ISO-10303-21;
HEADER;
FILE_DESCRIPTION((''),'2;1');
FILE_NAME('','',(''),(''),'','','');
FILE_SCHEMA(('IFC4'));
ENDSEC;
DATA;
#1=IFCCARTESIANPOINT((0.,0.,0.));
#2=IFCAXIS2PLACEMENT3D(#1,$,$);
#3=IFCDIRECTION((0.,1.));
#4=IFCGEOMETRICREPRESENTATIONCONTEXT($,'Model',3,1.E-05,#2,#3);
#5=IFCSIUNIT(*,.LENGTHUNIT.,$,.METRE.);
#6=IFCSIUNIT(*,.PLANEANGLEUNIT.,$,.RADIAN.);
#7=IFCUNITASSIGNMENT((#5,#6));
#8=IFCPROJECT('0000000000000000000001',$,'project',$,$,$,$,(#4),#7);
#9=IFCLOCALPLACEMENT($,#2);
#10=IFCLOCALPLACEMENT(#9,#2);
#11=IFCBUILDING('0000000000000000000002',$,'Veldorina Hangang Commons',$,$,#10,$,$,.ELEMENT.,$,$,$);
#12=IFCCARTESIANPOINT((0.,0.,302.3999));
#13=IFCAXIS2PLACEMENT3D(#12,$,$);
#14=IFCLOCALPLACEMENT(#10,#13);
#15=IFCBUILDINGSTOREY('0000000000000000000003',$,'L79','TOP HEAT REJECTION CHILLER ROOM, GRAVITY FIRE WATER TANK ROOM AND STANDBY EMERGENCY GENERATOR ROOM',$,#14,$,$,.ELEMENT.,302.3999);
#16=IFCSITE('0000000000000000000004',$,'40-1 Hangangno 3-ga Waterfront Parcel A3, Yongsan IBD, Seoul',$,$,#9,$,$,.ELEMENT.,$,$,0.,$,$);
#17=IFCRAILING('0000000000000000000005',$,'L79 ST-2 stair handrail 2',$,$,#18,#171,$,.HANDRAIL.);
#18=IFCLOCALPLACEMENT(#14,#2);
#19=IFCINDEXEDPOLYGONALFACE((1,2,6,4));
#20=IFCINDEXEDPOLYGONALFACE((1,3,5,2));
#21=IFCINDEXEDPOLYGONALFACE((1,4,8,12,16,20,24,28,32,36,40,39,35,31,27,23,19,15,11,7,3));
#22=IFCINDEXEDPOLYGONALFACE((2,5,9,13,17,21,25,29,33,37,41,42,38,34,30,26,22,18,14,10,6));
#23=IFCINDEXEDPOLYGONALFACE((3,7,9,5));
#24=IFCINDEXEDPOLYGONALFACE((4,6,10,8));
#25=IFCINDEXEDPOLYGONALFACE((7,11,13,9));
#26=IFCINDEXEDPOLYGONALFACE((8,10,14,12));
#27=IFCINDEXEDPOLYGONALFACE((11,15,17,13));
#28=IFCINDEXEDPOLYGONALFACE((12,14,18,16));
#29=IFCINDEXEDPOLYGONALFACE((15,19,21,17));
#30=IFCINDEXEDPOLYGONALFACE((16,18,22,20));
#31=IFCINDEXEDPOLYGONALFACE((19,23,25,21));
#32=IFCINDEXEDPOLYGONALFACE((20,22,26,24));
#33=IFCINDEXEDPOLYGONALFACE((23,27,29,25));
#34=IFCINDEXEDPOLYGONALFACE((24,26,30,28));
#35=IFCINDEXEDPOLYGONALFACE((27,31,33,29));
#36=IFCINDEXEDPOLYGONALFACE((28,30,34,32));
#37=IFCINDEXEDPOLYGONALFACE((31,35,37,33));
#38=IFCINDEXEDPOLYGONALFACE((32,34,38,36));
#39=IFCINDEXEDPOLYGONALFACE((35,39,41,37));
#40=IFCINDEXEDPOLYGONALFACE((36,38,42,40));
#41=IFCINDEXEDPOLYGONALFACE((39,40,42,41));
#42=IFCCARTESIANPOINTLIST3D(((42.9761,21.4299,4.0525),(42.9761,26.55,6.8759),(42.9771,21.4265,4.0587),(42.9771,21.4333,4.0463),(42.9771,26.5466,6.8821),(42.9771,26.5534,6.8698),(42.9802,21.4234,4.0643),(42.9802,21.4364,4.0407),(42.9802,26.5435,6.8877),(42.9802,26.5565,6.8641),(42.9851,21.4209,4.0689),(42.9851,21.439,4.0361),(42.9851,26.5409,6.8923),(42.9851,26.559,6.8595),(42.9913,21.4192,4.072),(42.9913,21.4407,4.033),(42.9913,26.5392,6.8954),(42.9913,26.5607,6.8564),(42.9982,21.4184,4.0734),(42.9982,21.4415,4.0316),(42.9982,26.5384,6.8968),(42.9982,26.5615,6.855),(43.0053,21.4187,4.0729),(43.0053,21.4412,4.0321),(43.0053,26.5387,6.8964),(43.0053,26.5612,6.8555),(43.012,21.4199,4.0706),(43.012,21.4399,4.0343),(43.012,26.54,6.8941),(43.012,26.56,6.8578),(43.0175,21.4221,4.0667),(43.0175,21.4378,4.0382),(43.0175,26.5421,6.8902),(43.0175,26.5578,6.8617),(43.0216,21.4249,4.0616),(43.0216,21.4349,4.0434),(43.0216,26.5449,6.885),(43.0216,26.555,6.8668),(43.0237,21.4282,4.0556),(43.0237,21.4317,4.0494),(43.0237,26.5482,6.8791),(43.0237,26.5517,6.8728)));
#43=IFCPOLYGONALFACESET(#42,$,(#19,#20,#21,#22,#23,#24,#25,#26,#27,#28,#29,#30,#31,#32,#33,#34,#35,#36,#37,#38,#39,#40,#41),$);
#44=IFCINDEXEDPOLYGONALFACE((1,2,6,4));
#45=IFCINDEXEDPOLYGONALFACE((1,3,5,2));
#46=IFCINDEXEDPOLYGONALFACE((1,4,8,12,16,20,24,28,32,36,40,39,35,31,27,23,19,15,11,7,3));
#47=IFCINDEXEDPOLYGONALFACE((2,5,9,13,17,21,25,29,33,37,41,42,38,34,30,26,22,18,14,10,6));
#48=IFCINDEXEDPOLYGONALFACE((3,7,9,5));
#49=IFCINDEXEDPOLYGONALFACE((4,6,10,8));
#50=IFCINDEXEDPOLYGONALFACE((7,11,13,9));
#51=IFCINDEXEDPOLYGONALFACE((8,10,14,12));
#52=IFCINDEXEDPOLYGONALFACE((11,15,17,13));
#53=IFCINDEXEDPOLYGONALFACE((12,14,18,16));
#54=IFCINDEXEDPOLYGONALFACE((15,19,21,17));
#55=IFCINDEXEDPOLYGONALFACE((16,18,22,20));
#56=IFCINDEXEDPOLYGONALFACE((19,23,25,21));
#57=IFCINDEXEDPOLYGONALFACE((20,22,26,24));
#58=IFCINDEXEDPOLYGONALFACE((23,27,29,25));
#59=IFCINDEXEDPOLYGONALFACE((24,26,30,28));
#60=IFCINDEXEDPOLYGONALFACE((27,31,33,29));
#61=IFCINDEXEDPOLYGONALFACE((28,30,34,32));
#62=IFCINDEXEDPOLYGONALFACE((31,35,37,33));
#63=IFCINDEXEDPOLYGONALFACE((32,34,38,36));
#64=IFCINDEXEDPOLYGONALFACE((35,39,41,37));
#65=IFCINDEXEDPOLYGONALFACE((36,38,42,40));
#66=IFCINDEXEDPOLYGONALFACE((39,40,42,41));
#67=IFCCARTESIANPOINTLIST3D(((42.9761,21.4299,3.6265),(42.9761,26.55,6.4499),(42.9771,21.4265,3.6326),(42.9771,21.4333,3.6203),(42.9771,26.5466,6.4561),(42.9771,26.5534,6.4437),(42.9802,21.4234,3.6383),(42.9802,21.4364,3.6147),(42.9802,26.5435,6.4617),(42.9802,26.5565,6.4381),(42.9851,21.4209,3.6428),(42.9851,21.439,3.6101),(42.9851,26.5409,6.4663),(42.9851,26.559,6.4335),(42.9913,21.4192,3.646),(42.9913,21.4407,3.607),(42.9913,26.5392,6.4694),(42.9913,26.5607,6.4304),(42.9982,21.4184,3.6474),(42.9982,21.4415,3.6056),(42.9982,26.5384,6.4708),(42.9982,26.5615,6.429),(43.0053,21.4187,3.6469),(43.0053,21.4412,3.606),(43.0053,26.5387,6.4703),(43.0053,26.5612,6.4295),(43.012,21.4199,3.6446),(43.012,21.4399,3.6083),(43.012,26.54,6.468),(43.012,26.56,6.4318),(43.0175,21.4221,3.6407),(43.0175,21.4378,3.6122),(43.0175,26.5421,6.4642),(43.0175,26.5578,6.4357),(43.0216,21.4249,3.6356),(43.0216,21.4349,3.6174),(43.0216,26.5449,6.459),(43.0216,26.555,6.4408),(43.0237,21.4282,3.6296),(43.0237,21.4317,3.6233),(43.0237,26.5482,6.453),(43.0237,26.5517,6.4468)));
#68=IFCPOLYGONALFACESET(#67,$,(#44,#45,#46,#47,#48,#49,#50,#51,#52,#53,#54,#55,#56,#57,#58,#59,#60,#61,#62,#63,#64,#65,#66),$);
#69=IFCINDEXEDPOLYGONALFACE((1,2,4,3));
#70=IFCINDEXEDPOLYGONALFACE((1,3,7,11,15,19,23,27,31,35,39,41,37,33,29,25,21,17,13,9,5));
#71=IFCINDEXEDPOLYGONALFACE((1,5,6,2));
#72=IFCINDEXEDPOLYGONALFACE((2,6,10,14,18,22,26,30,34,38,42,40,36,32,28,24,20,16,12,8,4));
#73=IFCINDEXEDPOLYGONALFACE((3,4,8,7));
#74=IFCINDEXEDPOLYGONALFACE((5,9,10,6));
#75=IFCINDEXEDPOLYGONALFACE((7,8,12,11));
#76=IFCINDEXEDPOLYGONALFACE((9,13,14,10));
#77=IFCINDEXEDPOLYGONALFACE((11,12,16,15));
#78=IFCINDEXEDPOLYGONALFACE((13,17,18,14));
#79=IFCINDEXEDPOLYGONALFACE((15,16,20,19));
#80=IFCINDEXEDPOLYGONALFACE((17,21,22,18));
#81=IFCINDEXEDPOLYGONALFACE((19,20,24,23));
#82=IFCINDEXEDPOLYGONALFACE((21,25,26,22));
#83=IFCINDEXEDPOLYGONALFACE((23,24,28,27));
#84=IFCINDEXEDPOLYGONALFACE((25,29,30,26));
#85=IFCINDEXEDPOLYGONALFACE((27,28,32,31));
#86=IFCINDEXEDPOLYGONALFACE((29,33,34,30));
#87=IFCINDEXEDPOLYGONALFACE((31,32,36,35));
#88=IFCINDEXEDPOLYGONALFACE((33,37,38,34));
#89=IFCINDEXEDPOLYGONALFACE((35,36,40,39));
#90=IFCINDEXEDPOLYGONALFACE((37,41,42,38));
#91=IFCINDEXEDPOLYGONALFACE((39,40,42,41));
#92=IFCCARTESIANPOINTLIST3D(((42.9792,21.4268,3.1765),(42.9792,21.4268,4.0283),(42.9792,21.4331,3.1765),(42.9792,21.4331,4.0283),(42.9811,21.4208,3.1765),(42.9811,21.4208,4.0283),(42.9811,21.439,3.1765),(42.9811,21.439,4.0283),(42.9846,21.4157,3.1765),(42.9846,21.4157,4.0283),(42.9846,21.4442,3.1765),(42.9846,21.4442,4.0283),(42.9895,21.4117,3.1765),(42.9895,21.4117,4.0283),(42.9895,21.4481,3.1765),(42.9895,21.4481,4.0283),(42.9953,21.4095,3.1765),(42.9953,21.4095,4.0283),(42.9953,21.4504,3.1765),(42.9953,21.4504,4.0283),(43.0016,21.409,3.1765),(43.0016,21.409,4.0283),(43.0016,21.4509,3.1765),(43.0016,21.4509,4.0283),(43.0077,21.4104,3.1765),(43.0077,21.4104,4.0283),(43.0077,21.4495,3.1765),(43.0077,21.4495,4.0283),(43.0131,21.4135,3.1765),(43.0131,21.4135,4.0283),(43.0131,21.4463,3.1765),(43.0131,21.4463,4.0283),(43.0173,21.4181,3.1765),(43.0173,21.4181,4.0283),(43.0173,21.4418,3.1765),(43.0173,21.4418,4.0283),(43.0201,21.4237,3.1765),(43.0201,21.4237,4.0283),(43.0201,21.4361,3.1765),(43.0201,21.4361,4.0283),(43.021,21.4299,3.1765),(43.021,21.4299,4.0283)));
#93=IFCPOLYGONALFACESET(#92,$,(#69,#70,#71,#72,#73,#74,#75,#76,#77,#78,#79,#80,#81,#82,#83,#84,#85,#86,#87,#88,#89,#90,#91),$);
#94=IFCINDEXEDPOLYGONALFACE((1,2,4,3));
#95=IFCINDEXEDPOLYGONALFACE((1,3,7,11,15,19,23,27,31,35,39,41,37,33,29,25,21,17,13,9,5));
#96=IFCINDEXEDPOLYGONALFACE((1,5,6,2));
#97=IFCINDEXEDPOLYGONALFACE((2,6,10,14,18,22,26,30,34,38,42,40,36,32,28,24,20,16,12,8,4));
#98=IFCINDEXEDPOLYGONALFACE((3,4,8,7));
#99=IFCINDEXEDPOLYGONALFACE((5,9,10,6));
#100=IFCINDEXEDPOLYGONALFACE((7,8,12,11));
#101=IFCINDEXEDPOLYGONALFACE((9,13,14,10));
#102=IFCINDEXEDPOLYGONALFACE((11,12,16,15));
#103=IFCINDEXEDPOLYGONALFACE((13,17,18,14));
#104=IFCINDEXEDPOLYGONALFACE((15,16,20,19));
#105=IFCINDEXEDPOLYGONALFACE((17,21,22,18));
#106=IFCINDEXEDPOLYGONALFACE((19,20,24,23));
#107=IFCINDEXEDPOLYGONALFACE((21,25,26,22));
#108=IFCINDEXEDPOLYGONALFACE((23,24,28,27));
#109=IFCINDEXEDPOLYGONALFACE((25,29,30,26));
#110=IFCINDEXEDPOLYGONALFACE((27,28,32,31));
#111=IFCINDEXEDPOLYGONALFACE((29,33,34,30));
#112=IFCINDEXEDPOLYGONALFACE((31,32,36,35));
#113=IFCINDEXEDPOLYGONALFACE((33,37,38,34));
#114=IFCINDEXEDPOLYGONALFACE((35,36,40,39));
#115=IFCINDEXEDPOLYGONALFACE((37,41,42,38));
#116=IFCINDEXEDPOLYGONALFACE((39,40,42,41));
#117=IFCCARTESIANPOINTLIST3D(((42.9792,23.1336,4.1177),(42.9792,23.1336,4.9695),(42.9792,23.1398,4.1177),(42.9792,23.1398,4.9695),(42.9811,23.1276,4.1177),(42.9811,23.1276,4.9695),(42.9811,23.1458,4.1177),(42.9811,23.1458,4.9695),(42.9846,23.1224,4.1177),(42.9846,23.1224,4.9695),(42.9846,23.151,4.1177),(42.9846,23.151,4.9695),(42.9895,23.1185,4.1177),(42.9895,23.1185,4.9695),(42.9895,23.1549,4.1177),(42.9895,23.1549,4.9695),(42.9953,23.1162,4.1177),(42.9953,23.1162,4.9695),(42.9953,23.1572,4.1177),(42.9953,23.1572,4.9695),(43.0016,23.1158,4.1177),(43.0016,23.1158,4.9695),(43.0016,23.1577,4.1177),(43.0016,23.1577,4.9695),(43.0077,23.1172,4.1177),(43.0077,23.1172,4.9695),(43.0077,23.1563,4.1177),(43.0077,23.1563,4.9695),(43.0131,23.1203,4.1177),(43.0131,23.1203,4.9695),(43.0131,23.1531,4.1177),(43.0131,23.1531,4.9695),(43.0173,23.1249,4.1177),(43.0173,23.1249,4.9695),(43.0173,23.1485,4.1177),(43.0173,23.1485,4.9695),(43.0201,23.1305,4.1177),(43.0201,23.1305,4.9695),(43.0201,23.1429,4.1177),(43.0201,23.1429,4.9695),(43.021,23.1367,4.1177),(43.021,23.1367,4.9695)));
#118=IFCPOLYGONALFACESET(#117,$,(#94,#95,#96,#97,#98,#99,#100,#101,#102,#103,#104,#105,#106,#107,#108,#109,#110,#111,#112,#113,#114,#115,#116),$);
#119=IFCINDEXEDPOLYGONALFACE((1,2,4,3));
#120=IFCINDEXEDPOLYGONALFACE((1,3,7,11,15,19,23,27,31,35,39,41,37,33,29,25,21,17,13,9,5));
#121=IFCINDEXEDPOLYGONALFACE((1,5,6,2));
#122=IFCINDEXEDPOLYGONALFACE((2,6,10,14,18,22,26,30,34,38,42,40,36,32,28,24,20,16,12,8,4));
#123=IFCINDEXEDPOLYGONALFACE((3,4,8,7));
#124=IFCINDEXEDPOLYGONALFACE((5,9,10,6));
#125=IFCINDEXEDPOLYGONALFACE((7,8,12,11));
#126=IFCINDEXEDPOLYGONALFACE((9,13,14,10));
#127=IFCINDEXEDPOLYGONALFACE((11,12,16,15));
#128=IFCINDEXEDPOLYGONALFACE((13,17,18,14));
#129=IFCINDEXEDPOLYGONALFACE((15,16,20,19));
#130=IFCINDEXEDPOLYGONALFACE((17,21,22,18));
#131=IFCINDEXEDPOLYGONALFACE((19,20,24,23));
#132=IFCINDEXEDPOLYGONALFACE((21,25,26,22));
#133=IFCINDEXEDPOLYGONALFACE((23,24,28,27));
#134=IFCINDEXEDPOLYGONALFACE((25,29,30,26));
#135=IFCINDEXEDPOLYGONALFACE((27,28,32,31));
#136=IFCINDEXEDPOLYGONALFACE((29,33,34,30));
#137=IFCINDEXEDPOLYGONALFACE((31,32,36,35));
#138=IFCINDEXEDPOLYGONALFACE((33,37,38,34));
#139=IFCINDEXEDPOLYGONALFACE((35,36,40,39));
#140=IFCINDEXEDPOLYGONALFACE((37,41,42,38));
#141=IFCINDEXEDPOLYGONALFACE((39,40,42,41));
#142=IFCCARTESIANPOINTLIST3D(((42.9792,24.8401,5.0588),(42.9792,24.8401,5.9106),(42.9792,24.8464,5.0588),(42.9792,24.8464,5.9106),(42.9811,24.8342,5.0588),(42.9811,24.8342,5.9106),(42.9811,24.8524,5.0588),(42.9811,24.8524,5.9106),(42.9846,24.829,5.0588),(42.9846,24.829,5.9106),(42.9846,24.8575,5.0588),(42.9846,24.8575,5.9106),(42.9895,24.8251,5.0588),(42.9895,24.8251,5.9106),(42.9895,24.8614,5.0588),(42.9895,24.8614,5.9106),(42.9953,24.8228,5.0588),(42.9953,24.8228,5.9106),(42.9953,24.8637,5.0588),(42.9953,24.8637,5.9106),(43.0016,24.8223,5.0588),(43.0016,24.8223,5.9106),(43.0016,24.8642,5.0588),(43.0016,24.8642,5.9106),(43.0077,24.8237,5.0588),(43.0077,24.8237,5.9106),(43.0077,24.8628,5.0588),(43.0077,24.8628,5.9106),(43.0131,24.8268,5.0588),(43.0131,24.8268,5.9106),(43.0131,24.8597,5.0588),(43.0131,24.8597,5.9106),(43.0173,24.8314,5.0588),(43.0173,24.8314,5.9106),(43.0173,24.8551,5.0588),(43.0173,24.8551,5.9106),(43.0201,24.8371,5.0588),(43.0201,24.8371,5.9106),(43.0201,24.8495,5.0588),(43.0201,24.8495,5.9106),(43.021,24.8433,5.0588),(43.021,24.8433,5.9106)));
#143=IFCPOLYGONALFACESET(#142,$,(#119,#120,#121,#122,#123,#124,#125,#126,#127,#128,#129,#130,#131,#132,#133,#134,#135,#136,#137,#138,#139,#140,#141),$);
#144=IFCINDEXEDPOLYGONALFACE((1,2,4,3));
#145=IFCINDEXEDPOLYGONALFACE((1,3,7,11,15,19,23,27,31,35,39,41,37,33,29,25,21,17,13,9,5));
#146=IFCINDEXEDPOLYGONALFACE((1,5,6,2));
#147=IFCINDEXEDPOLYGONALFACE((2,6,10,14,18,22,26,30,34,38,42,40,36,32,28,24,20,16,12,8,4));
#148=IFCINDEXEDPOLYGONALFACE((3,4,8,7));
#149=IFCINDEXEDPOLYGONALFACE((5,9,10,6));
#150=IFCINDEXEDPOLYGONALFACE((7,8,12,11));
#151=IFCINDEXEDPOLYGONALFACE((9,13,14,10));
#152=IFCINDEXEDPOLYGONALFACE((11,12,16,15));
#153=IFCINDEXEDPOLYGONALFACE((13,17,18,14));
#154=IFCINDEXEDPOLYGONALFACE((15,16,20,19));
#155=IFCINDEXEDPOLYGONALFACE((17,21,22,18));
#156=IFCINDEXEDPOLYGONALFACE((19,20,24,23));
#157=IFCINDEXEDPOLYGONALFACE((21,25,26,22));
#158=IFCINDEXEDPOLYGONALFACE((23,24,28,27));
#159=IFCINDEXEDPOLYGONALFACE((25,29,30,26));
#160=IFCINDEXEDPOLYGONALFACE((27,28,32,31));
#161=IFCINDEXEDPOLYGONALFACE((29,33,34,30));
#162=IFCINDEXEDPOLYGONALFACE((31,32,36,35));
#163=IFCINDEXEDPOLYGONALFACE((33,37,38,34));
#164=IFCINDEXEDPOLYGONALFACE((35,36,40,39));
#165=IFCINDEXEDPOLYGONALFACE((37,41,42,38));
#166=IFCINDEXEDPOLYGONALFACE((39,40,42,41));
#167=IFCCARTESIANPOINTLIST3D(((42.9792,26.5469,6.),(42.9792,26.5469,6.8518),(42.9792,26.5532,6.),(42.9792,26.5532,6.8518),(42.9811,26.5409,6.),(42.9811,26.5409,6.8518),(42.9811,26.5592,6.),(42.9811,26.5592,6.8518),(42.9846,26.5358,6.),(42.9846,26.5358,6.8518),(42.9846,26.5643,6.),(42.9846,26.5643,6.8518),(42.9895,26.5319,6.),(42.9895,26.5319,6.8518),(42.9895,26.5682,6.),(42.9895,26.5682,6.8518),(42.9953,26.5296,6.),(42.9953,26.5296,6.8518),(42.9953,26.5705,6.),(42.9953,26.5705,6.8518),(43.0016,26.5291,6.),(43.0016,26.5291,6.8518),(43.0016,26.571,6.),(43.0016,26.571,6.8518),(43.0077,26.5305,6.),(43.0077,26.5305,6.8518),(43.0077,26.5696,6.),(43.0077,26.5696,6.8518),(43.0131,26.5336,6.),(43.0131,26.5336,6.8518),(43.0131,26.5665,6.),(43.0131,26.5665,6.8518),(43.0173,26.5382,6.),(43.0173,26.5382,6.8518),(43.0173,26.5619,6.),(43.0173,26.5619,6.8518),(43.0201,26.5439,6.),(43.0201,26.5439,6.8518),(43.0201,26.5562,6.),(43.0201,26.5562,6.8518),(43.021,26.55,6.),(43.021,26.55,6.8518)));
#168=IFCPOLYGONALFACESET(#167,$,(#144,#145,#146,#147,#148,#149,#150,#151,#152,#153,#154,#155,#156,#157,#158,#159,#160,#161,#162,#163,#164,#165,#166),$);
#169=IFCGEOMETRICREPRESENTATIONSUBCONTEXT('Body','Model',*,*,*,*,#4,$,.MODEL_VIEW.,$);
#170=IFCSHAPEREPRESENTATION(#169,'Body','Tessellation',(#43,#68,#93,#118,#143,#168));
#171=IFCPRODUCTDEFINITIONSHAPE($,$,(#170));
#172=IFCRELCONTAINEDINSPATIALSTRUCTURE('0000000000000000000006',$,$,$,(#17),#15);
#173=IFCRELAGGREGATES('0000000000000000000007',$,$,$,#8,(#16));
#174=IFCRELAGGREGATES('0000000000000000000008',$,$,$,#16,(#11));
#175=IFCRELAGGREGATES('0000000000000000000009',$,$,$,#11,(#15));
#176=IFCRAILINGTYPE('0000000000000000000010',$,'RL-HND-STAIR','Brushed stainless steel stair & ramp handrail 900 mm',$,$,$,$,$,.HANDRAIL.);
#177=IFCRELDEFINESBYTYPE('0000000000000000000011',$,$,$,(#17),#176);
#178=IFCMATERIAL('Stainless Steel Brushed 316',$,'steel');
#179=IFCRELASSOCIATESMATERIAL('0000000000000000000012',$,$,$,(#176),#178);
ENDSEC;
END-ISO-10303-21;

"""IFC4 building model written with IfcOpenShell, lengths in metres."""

from ifc_helpers import new_model, si_unit, direction, frame, origin, origin_2d, place, context, subcontext, project, spatial, circle, extrude, material, type_object, element, save


model = new_model("IFC4")

# Units and contexts
model_context = context("Model", 3, precision=1e-05, world=origin(), true_north=direction((0.0, 1.0)))
body_context = subcontext(model_context, "Body", "Model", "MODEL_VIEW")
ifc_project = project(units=[si_unit("LENGTHUNIT", "METRE"), si_unit("PLANEANGLEUNIT", "RADIAN")], contexts=[model_context])

# Site, building, storey
site_placement = place(None, origin())
site = spatial("IfcSite", under=ifc_project, at=site_placement, Name="40-1 Hangangno 3-ga Waterfront Parcel A3, Yongsan IBD, Seoul", CompositionType="ELEMENT", RefElevation=0.0)
building_placement = place(site_placement, origin())
building = spatial("IfcBuilding", under=site, at=building_placement, Name="Veldorina Hangang Commons", CompositionType="ELEMENT")
storey_placement = place(building_placement, frame((0.0, 0.0, 302.3999)))
storey = spatial("IfcBuildingStorey", under=building, at=storey_placement, Name="L79", Description="TOP HEAT REJECTION CHILLER ROOM, GRAVITY FIRE WATER TANK ROOM AND STANDBY EMERGENCY GENERATOR ROOM", CompositionType="ELEMENT", Elevation=302.3999)

# Railing
ifc_material_1 = material(Name="Stainless Steel Brushed 316", Category="steel")
railing_type = type_object("IfcRailingType", Name="RL-HND-STAIR", Description="Brushed stainless steel stair & ramp handrail 900 mm", PredefinedType="HANDRAIL", material=ifc_material_1)
railing_placement = place(storey_placement, frame((43.0, 21.4299, 3.1765)))
element("IfcRailing", 1, at=railing_placement, inside=storey, type_object=railing_type, Name="L79 ST-2 stair handrail 2", PredefinedType="HANDRAIL", context=body_context, shape_type="SweptSolid", body=[
    extrude(circle(Radius=0.0239, at=origin_2d()), frame((0.0, 0.0, 0.876), z_axis=(0.0, 0.875679, 0.482893), x_axis=(-1.0, 0.0, 0.0)), (0.0, 0.0, 1.0), 5.8469),
    extrude(circle(Radius=0.0239, at=origin_2d()), frame((0.0, 0.0, 0.45), z_axis=(0.0, 0.875679, 0.482893), x_axis=(-1.0, 0.0, 0.0)), (0.0, 0.0, 1.0), 5.8469),
    extrude(circle(Radius=0.021, at=origin_2d()), origin(), (0.0, 0.0, 1.0), 0.8518),
    extrude(circle(Radius=0.021, at=origin_2d()), frame((0.0, 1.7068, 0.9412)), (0.0, 0.0, 1.0), 0.8518),
    extrude(circle(Radius=0.021, at=origin_2d()), frame((0.0, 3.4133, 1.8823)), (0.0, 0.0, 1.0), 0.8518),
    extrude(circle(Radius=0.021, at=origin_2d()), frame((0.0, 5.1201, 2.8235)), (0.0, 0.0, 1.0), 0.8518),
])

save(model, "model.ifc")
